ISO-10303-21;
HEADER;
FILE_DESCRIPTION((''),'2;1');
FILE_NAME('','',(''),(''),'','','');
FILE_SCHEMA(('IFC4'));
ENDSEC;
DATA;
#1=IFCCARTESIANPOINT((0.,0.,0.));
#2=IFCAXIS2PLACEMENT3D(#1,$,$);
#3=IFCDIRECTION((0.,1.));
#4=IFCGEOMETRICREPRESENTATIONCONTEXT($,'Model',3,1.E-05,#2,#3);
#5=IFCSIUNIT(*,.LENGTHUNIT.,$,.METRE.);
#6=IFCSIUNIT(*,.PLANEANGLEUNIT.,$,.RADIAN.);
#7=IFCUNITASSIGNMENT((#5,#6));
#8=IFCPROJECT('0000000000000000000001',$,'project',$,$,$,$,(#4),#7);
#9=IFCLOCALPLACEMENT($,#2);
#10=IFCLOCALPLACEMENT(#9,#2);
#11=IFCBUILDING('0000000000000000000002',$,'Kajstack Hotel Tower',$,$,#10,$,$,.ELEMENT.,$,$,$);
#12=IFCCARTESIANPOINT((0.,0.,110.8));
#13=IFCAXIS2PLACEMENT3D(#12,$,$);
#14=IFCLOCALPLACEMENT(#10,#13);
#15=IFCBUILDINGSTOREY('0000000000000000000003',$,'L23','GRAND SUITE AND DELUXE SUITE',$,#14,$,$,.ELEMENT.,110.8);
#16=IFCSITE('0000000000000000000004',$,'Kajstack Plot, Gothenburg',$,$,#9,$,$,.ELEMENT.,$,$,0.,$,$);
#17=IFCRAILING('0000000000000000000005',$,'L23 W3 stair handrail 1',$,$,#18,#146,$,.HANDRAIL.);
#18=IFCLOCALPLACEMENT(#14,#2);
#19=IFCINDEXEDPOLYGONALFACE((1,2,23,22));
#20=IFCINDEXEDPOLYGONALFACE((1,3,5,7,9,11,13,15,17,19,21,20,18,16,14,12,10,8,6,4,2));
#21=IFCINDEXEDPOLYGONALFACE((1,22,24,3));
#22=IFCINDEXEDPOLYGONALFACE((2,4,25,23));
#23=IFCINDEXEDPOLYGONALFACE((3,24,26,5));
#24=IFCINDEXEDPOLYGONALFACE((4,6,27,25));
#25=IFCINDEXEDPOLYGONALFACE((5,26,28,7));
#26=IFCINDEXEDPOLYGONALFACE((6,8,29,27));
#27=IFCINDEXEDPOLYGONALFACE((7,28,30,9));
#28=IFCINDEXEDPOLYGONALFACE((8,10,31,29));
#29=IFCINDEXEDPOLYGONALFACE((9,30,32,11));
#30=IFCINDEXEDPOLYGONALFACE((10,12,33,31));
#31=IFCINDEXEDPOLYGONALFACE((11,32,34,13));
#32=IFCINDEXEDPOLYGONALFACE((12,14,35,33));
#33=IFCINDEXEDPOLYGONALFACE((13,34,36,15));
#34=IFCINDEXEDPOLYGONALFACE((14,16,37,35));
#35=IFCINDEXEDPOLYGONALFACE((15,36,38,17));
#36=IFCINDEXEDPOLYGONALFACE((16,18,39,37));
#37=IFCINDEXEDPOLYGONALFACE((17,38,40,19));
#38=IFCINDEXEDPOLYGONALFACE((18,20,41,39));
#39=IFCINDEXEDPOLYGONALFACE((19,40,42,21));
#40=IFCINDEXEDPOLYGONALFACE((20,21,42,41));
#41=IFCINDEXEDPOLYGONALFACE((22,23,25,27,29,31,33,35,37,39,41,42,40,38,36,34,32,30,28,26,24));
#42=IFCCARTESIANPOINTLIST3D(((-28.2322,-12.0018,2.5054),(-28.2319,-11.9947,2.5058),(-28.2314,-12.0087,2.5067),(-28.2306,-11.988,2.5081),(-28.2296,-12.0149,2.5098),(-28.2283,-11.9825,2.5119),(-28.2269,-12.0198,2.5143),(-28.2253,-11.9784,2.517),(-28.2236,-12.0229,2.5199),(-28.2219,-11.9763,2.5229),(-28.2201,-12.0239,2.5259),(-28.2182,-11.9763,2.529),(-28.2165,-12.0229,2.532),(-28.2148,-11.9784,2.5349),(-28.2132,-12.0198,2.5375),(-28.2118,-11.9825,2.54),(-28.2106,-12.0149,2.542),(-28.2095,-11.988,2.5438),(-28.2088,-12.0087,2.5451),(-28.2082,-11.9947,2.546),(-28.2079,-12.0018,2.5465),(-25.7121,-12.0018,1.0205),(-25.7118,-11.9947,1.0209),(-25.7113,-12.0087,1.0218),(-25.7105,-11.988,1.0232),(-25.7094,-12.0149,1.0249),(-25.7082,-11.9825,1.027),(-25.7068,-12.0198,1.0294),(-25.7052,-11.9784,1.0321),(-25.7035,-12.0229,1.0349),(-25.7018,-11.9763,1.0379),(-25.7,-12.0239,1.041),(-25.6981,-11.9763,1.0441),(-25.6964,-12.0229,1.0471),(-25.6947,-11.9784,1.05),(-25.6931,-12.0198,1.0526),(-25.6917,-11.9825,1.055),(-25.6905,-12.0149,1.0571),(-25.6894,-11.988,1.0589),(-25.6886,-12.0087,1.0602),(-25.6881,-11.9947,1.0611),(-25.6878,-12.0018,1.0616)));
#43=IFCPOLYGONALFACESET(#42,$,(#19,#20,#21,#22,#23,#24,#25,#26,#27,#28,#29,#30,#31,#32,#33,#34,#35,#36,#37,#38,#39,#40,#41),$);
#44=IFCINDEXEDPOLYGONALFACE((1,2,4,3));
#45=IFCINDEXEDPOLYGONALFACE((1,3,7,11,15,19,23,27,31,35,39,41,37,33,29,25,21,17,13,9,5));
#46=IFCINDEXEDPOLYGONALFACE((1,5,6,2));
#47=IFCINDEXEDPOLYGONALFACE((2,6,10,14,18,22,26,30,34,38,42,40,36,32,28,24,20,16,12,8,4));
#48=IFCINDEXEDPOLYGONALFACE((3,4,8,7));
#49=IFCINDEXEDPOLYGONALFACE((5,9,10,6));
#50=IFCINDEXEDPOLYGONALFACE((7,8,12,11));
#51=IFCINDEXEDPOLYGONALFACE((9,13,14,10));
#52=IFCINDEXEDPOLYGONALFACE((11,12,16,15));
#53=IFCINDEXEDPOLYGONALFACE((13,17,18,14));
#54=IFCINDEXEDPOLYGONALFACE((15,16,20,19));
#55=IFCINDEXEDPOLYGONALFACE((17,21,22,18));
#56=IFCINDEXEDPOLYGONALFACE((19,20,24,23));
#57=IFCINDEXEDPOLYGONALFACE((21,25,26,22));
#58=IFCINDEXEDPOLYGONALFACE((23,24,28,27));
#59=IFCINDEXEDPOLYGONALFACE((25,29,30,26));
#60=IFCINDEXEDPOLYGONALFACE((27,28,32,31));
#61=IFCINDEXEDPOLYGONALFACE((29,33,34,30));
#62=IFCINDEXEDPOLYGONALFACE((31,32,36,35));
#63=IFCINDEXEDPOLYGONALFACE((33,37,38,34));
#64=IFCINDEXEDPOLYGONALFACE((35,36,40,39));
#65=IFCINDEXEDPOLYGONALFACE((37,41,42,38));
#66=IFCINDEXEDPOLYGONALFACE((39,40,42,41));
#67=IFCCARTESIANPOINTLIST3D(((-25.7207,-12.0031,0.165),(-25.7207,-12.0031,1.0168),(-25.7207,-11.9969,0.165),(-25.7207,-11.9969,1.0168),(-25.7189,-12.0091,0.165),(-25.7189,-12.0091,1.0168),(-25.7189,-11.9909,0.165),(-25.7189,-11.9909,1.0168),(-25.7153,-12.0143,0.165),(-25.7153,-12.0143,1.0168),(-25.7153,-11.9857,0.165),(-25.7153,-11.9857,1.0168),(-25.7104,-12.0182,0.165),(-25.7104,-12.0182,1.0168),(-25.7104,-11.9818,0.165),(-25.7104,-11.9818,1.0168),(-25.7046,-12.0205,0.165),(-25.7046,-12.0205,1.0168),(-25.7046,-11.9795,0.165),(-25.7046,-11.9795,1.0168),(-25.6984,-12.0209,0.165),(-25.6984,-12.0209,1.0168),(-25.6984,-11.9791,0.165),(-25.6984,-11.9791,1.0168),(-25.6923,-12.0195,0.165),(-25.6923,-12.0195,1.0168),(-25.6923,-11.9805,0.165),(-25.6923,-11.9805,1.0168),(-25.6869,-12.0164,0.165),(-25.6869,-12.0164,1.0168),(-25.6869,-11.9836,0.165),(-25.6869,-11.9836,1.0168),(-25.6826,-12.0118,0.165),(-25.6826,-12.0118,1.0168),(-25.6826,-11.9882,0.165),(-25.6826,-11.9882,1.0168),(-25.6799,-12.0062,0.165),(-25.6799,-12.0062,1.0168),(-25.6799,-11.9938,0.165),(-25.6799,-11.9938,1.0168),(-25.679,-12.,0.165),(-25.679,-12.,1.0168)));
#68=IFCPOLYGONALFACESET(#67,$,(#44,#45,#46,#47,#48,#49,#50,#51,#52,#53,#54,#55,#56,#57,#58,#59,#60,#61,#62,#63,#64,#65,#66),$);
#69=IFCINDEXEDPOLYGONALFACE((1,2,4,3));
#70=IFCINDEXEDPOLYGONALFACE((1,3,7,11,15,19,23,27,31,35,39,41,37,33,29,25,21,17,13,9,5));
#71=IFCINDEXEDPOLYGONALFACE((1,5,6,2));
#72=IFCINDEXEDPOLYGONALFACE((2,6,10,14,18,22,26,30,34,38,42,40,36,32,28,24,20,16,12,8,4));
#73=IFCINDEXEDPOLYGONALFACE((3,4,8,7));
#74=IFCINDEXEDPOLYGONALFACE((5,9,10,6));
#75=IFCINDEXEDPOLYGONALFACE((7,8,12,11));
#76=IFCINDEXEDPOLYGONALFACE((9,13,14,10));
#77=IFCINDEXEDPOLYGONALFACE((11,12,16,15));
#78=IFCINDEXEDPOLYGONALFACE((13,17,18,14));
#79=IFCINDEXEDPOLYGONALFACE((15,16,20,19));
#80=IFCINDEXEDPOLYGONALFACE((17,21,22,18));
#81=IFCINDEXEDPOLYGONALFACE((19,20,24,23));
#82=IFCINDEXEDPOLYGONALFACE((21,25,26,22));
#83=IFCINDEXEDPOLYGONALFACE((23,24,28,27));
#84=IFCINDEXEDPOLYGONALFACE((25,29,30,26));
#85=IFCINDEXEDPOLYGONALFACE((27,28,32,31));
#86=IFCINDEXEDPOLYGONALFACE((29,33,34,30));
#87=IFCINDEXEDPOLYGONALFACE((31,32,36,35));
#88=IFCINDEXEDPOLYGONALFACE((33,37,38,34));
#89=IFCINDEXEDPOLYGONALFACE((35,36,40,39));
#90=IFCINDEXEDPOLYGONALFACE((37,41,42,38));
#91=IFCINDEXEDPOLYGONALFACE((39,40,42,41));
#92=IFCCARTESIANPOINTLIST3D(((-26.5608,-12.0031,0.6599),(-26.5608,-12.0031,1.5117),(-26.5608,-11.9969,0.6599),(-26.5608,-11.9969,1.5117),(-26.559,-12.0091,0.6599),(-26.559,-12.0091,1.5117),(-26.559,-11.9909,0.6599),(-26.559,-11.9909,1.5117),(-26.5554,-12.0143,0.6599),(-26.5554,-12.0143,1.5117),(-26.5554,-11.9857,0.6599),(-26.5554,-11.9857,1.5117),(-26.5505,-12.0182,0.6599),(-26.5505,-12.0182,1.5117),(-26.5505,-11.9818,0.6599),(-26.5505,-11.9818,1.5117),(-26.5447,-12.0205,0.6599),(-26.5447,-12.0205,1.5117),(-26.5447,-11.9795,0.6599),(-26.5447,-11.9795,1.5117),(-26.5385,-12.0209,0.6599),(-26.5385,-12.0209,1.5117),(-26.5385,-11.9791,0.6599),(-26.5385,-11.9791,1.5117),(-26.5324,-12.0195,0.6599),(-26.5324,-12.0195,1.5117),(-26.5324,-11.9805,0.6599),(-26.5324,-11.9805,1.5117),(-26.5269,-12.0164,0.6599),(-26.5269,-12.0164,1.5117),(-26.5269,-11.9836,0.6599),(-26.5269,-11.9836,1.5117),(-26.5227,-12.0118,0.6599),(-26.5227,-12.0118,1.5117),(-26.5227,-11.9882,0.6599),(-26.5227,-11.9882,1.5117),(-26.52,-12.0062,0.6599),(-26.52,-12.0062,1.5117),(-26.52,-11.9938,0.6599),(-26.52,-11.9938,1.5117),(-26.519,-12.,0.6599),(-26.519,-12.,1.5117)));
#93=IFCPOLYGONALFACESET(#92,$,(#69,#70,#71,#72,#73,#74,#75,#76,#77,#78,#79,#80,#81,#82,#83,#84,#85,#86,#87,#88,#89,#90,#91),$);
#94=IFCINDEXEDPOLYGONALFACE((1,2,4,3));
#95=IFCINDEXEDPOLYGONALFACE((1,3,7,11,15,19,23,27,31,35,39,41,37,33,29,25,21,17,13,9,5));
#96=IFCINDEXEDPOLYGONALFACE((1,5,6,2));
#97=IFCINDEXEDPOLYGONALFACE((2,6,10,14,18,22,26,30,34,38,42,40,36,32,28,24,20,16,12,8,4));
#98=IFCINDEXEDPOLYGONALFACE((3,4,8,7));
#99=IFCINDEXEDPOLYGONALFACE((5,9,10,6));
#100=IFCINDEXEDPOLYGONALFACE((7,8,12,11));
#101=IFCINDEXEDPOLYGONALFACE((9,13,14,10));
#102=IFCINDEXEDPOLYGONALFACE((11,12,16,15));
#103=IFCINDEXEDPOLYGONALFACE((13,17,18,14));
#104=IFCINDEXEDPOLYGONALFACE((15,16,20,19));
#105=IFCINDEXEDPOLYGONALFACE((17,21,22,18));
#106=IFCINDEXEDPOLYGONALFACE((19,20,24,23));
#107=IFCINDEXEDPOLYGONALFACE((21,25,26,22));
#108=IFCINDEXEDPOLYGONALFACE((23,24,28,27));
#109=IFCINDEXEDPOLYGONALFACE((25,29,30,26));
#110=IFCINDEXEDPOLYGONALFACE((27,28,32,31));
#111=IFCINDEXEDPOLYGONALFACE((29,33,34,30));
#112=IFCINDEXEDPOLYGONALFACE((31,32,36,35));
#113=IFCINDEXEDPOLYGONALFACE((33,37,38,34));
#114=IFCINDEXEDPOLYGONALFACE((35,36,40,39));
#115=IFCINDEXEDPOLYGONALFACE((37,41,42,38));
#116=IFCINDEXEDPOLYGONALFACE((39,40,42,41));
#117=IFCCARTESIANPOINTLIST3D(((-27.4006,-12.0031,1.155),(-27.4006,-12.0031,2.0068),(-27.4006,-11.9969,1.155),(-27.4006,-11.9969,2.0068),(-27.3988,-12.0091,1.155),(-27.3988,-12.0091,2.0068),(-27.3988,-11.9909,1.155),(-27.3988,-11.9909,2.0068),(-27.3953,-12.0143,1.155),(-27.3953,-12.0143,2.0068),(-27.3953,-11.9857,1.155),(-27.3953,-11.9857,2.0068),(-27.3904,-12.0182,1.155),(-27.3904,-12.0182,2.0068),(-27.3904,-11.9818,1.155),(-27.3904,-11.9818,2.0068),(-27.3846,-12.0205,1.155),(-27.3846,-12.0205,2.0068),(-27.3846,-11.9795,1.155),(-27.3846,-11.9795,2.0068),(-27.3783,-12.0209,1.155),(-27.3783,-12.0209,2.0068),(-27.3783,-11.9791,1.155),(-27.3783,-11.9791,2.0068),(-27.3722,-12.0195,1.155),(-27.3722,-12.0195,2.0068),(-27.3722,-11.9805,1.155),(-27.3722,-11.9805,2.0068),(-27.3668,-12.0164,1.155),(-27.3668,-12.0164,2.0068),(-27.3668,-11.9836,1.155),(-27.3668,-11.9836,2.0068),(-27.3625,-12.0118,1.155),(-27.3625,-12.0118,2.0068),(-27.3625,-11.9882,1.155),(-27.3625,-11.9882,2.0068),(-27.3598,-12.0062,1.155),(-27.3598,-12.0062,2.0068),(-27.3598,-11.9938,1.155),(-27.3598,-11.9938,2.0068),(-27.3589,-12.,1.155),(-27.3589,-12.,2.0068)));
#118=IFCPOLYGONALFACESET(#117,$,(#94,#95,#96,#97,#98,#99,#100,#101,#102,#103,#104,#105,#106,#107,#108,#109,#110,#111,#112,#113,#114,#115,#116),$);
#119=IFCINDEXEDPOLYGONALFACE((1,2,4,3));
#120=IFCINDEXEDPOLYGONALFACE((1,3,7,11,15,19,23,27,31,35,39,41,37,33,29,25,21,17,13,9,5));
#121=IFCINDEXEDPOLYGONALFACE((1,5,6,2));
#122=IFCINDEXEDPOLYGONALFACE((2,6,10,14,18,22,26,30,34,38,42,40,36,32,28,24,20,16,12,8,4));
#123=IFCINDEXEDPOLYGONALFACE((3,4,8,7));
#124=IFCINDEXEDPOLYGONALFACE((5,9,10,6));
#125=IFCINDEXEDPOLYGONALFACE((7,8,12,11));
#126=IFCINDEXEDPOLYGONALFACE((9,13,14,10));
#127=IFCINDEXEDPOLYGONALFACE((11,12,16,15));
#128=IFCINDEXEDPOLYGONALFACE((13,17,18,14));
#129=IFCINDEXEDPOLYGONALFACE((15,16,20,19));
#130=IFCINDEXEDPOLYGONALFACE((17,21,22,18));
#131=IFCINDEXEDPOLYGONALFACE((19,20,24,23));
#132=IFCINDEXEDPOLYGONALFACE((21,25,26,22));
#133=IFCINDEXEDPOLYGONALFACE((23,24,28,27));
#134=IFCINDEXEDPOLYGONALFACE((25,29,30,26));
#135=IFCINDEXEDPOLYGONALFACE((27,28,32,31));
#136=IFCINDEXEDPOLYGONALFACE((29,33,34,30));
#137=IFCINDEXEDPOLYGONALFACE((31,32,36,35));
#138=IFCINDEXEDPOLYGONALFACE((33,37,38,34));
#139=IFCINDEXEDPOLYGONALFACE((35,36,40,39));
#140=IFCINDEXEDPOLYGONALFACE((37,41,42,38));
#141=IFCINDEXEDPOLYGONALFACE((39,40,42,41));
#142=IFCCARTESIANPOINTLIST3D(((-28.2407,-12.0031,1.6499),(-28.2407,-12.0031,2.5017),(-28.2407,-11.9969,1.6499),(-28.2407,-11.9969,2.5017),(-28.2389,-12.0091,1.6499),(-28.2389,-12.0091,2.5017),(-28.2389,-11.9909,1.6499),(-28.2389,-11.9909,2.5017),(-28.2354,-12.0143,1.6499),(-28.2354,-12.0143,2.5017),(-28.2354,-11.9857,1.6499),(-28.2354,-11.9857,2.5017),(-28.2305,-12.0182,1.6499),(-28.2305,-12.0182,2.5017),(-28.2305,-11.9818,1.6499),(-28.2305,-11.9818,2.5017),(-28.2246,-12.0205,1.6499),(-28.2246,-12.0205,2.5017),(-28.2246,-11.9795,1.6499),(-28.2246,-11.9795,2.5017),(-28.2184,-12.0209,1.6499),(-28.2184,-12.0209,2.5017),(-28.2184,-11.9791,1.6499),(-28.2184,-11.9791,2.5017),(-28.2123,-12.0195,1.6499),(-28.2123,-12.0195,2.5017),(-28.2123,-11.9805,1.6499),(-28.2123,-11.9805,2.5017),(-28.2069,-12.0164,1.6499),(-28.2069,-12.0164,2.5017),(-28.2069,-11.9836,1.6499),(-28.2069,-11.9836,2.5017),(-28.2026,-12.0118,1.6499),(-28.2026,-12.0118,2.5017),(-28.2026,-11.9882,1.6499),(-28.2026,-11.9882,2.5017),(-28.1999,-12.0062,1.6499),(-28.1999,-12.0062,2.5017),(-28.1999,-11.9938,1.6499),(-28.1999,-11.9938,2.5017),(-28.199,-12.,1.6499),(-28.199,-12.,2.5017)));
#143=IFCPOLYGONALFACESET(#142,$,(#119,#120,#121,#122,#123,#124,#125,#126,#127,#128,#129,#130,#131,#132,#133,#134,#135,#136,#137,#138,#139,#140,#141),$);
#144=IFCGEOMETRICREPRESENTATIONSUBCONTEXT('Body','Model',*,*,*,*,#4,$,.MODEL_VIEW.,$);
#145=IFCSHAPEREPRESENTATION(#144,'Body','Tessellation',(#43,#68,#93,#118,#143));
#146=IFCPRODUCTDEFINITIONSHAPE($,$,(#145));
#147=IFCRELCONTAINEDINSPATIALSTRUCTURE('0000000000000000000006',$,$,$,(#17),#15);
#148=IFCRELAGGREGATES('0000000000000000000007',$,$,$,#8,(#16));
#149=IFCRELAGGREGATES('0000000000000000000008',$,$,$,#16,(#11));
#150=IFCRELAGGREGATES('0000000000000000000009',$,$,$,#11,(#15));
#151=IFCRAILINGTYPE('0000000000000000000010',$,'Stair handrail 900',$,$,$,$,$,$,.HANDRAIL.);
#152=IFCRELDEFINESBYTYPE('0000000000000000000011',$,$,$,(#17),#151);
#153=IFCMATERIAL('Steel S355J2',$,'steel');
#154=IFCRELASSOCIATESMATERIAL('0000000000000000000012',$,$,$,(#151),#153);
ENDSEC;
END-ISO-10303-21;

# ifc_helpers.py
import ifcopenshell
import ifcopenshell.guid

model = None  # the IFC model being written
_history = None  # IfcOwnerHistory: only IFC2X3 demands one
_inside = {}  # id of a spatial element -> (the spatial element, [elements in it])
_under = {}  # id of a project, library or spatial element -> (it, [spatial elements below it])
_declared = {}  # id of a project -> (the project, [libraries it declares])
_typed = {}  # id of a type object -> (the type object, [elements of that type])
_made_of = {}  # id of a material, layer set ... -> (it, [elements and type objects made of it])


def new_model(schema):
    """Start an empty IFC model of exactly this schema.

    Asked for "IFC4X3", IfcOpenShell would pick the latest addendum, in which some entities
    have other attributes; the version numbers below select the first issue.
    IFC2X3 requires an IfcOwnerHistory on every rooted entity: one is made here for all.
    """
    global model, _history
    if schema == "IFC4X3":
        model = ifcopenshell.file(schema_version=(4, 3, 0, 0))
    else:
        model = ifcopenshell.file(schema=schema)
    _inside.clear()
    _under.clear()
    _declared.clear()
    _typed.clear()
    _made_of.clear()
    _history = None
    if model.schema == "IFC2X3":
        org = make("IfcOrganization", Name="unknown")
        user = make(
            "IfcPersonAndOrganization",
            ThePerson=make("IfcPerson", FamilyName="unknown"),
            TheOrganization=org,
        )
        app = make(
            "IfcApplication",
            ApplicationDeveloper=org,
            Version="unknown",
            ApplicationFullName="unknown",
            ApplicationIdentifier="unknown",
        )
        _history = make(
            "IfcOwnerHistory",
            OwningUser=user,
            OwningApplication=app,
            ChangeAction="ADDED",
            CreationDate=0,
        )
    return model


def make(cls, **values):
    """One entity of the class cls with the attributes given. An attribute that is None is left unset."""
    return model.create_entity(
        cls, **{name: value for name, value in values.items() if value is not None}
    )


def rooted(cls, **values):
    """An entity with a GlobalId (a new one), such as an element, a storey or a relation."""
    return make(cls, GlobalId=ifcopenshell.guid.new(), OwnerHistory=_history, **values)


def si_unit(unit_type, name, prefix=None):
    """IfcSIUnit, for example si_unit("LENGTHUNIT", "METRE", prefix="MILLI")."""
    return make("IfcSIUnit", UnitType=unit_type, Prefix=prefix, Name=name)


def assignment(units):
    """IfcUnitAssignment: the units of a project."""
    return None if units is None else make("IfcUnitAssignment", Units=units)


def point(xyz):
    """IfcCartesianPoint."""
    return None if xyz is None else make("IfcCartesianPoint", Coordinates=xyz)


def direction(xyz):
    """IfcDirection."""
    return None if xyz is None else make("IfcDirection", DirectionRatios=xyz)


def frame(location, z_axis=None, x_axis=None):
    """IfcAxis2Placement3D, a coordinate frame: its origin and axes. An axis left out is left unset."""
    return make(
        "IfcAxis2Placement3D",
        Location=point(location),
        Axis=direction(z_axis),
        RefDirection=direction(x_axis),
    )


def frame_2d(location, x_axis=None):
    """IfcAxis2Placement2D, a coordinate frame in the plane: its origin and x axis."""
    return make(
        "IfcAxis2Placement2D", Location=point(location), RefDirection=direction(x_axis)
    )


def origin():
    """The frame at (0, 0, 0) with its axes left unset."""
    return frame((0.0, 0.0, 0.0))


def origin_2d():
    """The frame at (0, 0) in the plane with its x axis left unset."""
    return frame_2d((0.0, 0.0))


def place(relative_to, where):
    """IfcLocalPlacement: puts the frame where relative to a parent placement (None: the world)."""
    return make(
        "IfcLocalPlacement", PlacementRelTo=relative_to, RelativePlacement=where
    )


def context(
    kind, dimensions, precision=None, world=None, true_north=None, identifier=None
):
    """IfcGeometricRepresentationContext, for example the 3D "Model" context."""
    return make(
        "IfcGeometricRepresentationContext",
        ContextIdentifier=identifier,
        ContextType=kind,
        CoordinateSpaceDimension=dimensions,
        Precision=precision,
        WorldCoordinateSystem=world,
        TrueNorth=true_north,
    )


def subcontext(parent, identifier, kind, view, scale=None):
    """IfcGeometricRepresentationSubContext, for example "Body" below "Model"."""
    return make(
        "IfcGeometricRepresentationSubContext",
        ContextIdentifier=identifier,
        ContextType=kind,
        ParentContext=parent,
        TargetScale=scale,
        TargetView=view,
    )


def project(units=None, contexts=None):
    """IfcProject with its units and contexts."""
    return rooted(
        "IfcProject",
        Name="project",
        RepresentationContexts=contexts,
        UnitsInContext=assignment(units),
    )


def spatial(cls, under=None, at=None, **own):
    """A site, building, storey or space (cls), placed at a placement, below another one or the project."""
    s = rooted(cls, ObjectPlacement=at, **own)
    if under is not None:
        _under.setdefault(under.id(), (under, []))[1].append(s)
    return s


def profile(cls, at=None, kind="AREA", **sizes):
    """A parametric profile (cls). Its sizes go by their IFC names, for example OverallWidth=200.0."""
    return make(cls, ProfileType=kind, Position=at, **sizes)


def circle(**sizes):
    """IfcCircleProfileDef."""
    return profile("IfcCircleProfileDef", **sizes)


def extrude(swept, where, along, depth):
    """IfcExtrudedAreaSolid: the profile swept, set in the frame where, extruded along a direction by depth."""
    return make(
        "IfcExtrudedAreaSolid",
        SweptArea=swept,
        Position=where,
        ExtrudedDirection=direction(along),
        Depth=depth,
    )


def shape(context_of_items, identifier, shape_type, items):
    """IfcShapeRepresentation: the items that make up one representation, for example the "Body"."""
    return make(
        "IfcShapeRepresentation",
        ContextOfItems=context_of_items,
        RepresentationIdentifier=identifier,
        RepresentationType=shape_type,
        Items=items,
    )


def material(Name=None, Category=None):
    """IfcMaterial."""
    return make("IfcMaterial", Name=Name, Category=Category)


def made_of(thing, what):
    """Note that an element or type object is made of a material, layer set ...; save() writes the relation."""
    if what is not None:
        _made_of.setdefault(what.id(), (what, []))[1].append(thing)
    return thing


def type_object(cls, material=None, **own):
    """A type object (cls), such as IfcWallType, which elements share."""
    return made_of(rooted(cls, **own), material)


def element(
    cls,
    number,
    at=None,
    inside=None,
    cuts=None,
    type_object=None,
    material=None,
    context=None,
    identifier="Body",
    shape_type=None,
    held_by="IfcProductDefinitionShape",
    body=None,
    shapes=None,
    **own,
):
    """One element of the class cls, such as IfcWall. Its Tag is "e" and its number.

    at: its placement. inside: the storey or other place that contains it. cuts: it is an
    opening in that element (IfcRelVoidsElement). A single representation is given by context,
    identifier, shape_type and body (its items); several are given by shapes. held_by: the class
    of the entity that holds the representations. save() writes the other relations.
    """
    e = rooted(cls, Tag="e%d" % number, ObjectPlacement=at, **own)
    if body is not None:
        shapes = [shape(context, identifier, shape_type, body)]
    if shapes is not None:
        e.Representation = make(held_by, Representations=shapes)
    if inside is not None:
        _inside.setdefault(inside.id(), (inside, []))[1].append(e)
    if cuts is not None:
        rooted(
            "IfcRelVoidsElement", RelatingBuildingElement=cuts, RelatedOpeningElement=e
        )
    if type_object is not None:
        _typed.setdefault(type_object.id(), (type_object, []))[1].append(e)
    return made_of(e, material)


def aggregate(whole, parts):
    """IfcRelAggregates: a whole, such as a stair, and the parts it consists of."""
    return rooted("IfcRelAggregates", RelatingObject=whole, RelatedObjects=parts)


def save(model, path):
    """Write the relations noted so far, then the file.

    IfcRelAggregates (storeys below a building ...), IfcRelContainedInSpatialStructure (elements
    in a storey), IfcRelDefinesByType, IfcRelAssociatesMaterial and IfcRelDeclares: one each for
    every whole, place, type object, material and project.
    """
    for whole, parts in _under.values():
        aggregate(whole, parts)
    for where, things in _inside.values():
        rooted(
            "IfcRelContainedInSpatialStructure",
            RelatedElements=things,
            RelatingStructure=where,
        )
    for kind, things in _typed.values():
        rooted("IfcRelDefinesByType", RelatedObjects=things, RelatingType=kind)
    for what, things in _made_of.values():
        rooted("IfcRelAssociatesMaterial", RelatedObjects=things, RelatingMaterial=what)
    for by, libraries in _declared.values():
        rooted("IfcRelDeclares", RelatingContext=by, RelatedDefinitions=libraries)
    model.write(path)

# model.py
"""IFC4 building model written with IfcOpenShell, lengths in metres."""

from ifc_helpers import new_model, si_unit, direction, frame, origin, origin_2d, place, context, subcontext, project, spatial, circle, extrude, material, type_object, element, save


model = new_model("IFC4")

# Units and contexts
model_context = context("Model", 3, precision=1e-05, world=origin(), true_north=direction((0.0, 1.0)))
body_context = subcontext(model_context, "Body", "Model", "MODEL_VIEW")
ifc_project = project(units=[si_unit("LENGTHUNIT", "METRE"), si_unit("PLANEANGLEUNIT", "RADIAN")], contexts=[model_context])

# Site, building, storey
site_placement = place(None, origin())
site = spatial("IfcSite", under=ifc_project, at=site_placement, Name="Kajstack Plot, Gothenburg", CompositionType="ELEMENT", RefElevation=0.0)
building_placement = place(site_placement, origin())
building = spatial("IfcBuilding", under=site, at=building_placement, Name="Kajstack Hotel Tower", CompositionType="ELEMENT")
storey_placement = place(building_placement, frame((0.0, 0.0, 110.8)))
storey = spatial("IfcBuildingStorey", under=building, at=storey_placement, Name="L23", Description="GRAND SUITE AND DELUXE SUITE", CompositionType="ELEMENT", Elevation=110.8)

# Railing
ifc_material_1 = material(Name="Steel S355J2", Category="steel")
railing_type_1 = type_object("IfcRailingType", Name="Stair handrail 900", PredefinedType="HANDRAIL", material=ifc_material_1)
railing_1_placement = place(storey_placement, frame((-25.7, -12.0, 0.165)))
element("IfcRailing", 1, at=railing_1_placement, inside=storey, type_object=railing_type_1, Name="L23 W3 stair handrail 1", PredefinedType="HANDRAIL", context=body_context, shape_type="SweptSolid", body=[
    extrude(circle(Radius=0.0239, at=origin_2d()), frame((0.0, 0.0, 0.876), z_axis=(-0.861561, 0.0, 0.507655), x_axis=(0.0, -1.0, 0.0)), (0.0, 0.0, 1.0), 2.925),
    extrude(circle(Radius=0.021, at=origin_2d()), origin(), (0.0, 0.0, 1.0), 0.8518),
    extrude(circle(Radius=0.021, at=origin_2d()), frame((-0.8401, 0.0, 0.4949)), (0.0, 0.0, 1.0), 0.8518),
    extrude(circle(Radius=0.021, at=origin_2d()), frame((-1.6799, 0.0, 0.99)), (0.0, 0.0, 1.0), 0.8518),
    extrude(circle(Radius=0.021, at=origin_2d()), frame((-2.52, 0.0, 1.4849)), (0.0, 0.0, 1.0), 0.8518),
])

save(model, "model.ifc")
